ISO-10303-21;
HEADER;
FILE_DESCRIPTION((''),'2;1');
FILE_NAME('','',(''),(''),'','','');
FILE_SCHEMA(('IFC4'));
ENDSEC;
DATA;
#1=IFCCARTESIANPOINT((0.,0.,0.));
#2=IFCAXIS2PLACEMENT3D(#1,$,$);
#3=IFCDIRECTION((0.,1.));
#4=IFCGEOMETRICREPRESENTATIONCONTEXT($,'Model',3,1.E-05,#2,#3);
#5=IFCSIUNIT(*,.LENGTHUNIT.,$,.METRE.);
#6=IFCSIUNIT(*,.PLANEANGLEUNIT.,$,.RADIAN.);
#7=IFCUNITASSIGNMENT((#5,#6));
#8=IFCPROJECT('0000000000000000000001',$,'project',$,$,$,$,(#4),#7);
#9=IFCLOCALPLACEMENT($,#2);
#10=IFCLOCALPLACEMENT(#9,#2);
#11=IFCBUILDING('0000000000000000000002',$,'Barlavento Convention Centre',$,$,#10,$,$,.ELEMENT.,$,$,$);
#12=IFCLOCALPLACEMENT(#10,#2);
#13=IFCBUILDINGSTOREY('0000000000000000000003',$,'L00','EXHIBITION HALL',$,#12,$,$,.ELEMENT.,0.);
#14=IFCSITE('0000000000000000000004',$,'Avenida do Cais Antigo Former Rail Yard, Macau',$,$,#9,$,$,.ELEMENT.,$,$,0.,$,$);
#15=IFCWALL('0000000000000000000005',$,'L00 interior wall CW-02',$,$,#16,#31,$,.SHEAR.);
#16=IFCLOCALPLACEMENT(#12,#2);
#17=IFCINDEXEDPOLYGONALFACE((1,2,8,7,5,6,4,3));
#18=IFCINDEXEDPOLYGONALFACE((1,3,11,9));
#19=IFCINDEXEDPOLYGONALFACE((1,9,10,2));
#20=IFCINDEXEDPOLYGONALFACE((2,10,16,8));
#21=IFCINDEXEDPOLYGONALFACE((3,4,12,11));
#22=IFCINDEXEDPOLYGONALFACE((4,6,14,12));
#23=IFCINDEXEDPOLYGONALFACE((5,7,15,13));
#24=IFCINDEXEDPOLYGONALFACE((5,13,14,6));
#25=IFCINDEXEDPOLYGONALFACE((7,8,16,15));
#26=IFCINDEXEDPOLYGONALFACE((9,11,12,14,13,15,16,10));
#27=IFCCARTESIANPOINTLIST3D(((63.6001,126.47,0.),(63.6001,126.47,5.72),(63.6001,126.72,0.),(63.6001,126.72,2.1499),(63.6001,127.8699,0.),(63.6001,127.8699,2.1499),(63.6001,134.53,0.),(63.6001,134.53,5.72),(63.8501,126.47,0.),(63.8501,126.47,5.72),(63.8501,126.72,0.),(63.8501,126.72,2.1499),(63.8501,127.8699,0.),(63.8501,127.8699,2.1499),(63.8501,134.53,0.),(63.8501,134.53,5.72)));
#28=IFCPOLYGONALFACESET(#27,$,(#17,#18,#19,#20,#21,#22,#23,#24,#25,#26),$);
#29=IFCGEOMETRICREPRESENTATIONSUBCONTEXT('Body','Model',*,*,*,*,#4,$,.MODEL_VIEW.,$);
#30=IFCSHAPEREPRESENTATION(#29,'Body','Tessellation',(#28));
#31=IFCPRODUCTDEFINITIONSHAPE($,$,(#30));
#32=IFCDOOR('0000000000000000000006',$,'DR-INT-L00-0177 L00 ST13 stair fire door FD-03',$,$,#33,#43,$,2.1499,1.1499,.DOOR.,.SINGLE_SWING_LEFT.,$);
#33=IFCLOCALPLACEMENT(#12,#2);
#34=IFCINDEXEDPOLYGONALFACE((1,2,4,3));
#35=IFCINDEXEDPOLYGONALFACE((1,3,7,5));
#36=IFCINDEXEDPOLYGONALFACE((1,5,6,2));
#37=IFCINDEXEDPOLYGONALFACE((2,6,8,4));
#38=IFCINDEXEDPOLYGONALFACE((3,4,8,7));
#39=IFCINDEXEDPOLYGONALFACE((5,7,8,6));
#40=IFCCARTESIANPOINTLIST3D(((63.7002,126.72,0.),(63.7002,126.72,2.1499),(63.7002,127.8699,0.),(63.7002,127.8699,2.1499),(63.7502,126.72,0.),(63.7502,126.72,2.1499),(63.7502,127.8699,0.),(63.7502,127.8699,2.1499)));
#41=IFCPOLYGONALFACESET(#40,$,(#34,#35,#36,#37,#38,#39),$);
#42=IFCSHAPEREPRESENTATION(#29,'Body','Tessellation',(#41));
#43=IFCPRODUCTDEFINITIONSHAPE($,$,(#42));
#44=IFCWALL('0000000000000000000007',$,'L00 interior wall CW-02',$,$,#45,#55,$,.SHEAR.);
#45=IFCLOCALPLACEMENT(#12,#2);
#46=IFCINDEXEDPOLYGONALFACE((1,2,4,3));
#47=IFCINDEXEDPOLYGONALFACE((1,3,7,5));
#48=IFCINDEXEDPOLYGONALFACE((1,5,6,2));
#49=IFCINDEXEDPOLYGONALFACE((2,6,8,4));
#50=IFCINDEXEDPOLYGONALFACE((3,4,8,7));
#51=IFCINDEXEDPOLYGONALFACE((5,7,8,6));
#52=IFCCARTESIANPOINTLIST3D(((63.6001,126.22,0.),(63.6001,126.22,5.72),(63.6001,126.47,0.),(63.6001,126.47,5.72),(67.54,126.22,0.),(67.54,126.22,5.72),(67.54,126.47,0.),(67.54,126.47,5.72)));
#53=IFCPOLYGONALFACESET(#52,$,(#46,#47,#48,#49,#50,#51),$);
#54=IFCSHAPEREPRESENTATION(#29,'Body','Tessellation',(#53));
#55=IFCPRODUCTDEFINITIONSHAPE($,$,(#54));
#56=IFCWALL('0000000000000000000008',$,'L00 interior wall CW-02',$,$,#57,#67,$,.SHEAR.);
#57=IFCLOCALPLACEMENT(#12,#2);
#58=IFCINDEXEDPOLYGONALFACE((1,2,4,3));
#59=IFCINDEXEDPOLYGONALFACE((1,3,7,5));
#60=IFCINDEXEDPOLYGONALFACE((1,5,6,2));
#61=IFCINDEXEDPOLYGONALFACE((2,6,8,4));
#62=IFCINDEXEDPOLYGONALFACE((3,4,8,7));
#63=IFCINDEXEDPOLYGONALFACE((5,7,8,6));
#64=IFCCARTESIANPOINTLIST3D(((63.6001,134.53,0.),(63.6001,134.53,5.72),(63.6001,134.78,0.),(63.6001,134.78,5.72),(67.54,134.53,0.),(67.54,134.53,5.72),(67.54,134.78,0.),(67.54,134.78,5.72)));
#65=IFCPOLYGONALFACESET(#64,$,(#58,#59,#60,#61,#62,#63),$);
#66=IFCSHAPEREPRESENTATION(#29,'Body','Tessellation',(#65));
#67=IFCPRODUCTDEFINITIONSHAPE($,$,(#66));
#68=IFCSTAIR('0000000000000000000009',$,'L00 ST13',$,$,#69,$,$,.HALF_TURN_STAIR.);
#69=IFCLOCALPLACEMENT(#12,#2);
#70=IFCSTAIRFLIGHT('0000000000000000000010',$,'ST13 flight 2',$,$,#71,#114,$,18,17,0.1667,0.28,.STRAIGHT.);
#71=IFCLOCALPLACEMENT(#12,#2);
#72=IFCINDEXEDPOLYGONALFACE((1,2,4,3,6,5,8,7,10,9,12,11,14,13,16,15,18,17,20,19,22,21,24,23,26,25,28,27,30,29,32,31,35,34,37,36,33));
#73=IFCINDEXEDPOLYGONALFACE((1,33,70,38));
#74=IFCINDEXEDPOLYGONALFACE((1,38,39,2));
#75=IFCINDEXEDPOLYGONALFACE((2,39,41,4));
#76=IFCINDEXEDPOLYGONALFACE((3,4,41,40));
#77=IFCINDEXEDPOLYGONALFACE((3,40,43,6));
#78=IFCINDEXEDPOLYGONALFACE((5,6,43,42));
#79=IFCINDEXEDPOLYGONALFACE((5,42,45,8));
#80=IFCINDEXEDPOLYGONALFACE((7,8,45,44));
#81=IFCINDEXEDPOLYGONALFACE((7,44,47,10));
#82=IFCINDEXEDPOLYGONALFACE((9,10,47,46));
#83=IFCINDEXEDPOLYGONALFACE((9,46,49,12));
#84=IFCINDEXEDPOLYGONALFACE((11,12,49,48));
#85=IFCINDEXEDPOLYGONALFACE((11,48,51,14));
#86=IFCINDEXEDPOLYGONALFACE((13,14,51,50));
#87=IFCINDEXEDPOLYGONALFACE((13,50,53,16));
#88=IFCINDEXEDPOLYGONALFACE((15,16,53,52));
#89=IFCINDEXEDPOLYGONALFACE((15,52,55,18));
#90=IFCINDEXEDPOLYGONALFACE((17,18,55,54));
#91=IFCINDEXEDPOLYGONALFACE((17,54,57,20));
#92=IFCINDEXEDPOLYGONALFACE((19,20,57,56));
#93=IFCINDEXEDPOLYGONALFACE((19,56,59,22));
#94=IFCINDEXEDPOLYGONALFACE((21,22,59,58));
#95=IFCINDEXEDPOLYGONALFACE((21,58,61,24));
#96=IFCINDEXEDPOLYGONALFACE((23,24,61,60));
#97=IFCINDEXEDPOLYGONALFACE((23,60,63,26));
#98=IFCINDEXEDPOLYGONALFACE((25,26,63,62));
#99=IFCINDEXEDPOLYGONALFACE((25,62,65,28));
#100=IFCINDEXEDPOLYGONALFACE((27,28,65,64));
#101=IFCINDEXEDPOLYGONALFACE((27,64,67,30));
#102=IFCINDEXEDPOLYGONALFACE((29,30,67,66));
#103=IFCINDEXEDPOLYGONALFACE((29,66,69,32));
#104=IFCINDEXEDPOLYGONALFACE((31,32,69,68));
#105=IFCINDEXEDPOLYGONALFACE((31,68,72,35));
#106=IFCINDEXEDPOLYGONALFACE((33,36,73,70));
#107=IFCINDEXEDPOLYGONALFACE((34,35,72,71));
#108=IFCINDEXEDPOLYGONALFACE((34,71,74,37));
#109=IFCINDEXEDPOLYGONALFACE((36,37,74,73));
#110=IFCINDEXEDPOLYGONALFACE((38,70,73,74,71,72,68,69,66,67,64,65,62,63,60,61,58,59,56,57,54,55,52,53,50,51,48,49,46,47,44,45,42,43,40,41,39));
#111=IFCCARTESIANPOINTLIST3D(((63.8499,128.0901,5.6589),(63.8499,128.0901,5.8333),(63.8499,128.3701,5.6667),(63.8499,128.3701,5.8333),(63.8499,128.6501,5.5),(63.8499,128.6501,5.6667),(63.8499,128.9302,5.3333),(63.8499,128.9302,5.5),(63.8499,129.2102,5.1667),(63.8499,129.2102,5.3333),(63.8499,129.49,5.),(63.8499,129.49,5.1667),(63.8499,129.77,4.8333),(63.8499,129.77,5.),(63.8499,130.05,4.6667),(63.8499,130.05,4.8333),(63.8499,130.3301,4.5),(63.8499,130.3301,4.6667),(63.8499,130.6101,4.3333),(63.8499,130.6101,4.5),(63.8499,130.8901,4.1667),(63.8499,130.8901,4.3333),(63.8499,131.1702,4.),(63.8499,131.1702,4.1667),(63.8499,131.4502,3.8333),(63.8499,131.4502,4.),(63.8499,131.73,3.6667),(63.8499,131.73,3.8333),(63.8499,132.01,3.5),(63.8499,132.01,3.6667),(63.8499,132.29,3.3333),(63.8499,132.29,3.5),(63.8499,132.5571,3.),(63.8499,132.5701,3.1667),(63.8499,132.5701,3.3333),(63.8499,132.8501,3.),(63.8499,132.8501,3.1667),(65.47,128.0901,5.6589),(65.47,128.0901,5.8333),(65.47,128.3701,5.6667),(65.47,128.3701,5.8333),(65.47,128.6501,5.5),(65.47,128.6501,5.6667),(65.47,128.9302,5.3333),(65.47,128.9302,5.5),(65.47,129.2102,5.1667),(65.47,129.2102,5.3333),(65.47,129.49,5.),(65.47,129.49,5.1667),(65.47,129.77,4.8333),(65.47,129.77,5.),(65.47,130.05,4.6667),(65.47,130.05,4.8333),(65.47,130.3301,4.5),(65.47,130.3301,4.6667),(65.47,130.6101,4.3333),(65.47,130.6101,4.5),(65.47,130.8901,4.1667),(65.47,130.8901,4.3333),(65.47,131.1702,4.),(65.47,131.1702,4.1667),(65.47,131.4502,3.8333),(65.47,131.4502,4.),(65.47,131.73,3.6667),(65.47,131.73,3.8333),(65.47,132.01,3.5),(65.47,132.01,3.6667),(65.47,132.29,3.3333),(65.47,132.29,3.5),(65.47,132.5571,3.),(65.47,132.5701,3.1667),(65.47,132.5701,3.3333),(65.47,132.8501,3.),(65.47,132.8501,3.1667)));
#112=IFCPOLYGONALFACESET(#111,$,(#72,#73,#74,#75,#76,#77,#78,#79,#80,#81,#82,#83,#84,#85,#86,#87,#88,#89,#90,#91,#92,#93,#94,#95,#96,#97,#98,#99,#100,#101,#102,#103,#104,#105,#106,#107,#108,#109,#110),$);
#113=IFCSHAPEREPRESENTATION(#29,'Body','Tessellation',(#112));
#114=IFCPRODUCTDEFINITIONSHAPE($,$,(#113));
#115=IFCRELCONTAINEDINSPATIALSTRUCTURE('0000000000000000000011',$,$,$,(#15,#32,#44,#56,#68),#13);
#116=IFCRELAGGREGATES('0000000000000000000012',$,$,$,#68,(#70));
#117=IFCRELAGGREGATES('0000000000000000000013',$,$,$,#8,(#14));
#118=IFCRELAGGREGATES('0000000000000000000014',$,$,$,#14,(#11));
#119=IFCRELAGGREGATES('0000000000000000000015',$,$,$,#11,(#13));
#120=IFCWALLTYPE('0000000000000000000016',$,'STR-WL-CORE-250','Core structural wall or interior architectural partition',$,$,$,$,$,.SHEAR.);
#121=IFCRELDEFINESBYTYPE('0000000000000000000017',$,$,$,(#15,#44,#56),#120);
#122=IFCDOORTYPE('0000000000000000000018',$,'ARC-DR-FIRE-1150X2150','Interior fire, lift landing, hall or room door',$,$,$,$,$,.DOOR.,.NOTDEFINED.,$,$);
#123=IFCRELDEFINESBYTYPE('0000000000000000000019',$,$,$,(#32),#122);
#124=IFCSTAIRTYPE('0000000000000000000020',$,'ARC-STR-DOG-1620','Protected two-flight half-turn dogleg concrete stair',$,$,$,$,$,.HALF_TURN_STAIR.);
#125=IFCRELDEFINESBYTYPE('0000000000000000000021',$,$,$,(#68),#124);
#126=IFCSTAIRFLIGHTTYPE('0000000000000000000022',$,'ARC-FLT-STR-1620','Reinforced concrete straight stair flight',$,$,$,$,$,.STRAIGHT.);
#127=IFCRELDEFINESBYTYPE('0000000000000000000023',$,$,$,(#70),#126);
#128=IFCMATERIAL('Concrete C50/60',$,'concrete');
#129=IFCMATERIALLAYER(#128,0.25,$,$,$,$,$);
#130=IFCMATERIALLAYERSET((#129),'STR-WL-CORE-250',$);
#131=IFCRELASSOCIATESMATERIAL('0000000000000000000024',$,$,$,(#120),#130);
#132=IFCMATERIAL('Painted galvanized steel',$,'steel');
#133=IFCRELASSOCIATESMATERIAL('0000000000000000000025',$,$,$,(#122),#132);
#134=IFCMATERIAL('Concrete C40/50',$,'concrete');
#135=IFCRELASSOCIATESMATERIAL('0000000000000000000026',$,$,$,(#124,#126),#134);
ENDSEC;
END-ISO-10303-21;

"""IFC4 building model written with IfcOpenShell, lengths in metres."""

from ifc_helpers import new_model, si_unit, direction, frame, frame_2d, origin, place, context, subcontext, project, spatial, polyline, rectangle, outline, extrude, material, layer, layer_set, type_object, element, fill, aggregate, save


model = new_model("IFC4")

# Units and contexts
model_context = context("Model", 3, precision=1e-05, world=origin(), true_north=direction((0.0, 1.0)))
body_context = subcontext(model_context, "Body", "Model", "MODEL_VIEW")
ifc_project = project(units=[si_unit("LENGTHUNIT", "METRE"), si_unit("PLANEANGLEUNIT", "RADIAN")], contexts=[model_context])

# Site, building, storey
site_placement = place(None, origin())
site = spatial("IfcSite", under=ifc_project, at=site_placement, Name="Avenida do Cais Antigo Former Rail Yard, Macau", CompositionType="ELEMENT", RefElevation=0.0)
building_placement = place(site_placement, origin())
building = spatial("IfcBuilding", under=site, at=building_placement, Name="Barlavento Convention Centre", CompositionType="ELEMENT")
storey_placement = place(building_placement, origin())
storey = spatial("IfcBuildingStorey", under=building, at=storey_placement, Name="L00", Description="EXHIBITION HALL", CompositionType="ELEMENT", Elevation=0.0)

# Shared definitions
ifc_material_1 = material(Name="Concrete C50/60", Category="concrete")

# Shared definitions
ifc_material_2 = material(Name="Painted galvanized steel", Category="steel")

# Wall, opening, door
ifc_layer_1 = layer(ifc_material_1, 0.25)
ifc_layer_set_1 = layer_set([ifc_layer_1], Name="STR-WL-CORE-250")
wall_type_1 = type_object("IfcWallType", Name="STR-WL-CORE-250", Description="Core structural wall or interior architectural partition", PredefinedType="SHEAR", material=ifc_layer_set_1)
wall_1_placement = place(storey_placement, frame((63.7251, 126.47, 0.0), z_axis=(0.0, 0.0, 1.0), x_axis=(0.0, 1.0, 0.0)))
wall_1 = element("IfcWall", 1, at=wall_1_placement, inside=storey, type_object=wall_type_1, Name="L00 interior wall CW-02", PredefinedType="SHEAR", context=body_context, shape_type="SweptSolid", body=[
    extrude(rectangle(XDim=8.0601, YDim=0.25, at=frame_2d((4.03, 0.0))), origin(), (0.0, 0.0, 1.0), 5.72),
])
opening_1_placement = place(wall_1_placement, frame((0.25, 0.0, 0.0)))
opening_1 = element("IfcOpeningElement", 2, at=opening_1_placement, cuts=wall_1, PredefinedType="OPENING", context=body_context, shape_type="SweptSolid", body=[
    extrude(rectangle(XDim=1.1499, YDim=2.1499, at=frame_2d((0.575, 1.075))), frame((0.0, 0.135, 0.0), z_axis=(0.0, -1.0, 0.0), x_axis=(1.0, 0.0, 0.0)), (0.0, 0.0, 1.0), 0.27),
])
door_type_1 = type_object("IfcDoorType", Name="ARC-DR-FIRE-1150X2150", Description="Interior fire, lift landing, hall or room door", OperationType="NOTDEFINED", PredefinedType="DOOR", material=ifc_material_2)
door_1_placement = place(opening_1_placement, origin())
door_1 = element("IfcDoor", 3, at=door_1_placement, inside=storey, type_object=door_type_1, Name="DR-INT-L00-0177 L00 ST13 stair fire door FD-03", OperationType="SINGLE_SWING_LEFT", OverallHeight=2.1499, OverallWidth=1.1499, PredefinedType="DOOR", context=body_context, shape_type="SweptSolid", body=[
    extrude(rectangle(XDim=1.1499, YDim=2.1499, at=frame_2d((0.575, 1.075))), frame((0.0, 0.0249, 0.0), z_axis=(0.0, -1.0, 0.0), x_axis=(1.0, 0.0, 0.0)), (0.0, 0.0, 1.0), 0.05),
])
fill(opening_1, door_1)

# Walls
for number, where, z_axis, x_axis, name in (
    (4, (63.6001, 126.345, 0.0), (0.0, 0.0, 1.0), (1.0, 0.0, 0.0), "L00 interior wall CW-02"),
    (5, (63.6001, 134.655, 0.0), (0.0, 0.0, 1.0), (1.0, 0.0, 0.0), "L00 interior wall CW-02"),
):
    element("IfcWall", number, at=place(storey_placement, frame(where, z_axis=z_axis, x_axis=x_axis)), inside=storey, type_object=wall_type_1, Name=name, PredefinedType="SHEAR", context=body_context, shape_type="SweptSolid", body=[
        extrude(rectangle(XDim=3.9399, YDim=0.25, at=frame_2d((1.97, 0.0))), origin(), (0.0, 0.0, 1.0), 5.72),
    ])

# Stair, stair flight
ifc_material_3 = material(Name="Concrete C40/50", Category="concrete")
stair_type = type_object("IfcStairType", Name="ARC-STR-DOG-1620", Description="Protected two-flight half-turn dogleg concrete stair", PredefinedType="HALF_TURN_STAIR", material=ifc_material_3)
stair_placement = place(storey_placement, origin())
stair = element("IfcStair", 6, at=stair_placement, inside=storey, type_object=stair_type, Name="L00 ST13", PredefinedType="HALF_TURN_STAIR")
stair_flight_type = type_object("IfcStairFlightType", Name="ARC-FLT-STR-1620", Description="Reinforced concrete straight stair flight", PredefinedType="STRAIGHT", material=ifc_material_3)
stair_flight_placement = place(storey_placement, frame((64.6599, 132.8501, 3.0), z_axis=(0.0, 0.0, 1.0), x_axis=(0.0, -1.0, 0.0)))
stair_flight = element("IfcStairFlight", 7, at=stair_flight_placement, type_object=stair_flight_type, Name="ST13 flight 2", NumberOfRisers=18, NumberOfTreads=17, PredefinedType="STRAIGHT", RiserHeight=0.1667, TreadLength=0.28, context=body_context, shape_type="SweptSolid", body=[
    extrude(outline(polyline([(0.0, 0.0), (0.0, 0.1667), (0.28, 0.1667), (0.28, 0.3333), (0.5601, 0.3333), (0.5601, 0.5), (0.8401, 0.5), (0.8401, 0.6667), (1.1201, 0.6667), (1.1201, 0.8333), (1.3999, 0.8333), (1.3999, 1.0), (1.6799, 1.0), (1.6799, 1.1667), (1.96, 1.1667), (1.96, 1.3333), (2.24, 1.3333), (2.24, 1.5), (2.52, 1.5), (2.52, 1.6667), (2.8, 1.6667), (2.8, 1.8333), (3.0801, 1.8333), (3.0801, 2.0), (3.3601, 2.0), (3.3601, 2.1667), (3.6399, 2.1667), (3.6399, 2.3333), (3.9199, 2.3333), (3.9199, 2.5), (4.2, 2.5), (4.2, 2.6667), (4.48, 2.6667), (4.48, 2.8333), (4.76, 2.8333), (4.76, 3.0), (4.76, 2.6589), (0.293, 0.0), (0.0, 0.0)])), frame((0.0, 0.8101, 0.0), z_axis=(0.0, -1.0, 0.0), x_axis=(1.0, 0.0, 0.0)), (0.0, 0.0, 1.0), 1.6201),
])
aggregate(stair, [stair_flight])

save(model, "model.ifc")
